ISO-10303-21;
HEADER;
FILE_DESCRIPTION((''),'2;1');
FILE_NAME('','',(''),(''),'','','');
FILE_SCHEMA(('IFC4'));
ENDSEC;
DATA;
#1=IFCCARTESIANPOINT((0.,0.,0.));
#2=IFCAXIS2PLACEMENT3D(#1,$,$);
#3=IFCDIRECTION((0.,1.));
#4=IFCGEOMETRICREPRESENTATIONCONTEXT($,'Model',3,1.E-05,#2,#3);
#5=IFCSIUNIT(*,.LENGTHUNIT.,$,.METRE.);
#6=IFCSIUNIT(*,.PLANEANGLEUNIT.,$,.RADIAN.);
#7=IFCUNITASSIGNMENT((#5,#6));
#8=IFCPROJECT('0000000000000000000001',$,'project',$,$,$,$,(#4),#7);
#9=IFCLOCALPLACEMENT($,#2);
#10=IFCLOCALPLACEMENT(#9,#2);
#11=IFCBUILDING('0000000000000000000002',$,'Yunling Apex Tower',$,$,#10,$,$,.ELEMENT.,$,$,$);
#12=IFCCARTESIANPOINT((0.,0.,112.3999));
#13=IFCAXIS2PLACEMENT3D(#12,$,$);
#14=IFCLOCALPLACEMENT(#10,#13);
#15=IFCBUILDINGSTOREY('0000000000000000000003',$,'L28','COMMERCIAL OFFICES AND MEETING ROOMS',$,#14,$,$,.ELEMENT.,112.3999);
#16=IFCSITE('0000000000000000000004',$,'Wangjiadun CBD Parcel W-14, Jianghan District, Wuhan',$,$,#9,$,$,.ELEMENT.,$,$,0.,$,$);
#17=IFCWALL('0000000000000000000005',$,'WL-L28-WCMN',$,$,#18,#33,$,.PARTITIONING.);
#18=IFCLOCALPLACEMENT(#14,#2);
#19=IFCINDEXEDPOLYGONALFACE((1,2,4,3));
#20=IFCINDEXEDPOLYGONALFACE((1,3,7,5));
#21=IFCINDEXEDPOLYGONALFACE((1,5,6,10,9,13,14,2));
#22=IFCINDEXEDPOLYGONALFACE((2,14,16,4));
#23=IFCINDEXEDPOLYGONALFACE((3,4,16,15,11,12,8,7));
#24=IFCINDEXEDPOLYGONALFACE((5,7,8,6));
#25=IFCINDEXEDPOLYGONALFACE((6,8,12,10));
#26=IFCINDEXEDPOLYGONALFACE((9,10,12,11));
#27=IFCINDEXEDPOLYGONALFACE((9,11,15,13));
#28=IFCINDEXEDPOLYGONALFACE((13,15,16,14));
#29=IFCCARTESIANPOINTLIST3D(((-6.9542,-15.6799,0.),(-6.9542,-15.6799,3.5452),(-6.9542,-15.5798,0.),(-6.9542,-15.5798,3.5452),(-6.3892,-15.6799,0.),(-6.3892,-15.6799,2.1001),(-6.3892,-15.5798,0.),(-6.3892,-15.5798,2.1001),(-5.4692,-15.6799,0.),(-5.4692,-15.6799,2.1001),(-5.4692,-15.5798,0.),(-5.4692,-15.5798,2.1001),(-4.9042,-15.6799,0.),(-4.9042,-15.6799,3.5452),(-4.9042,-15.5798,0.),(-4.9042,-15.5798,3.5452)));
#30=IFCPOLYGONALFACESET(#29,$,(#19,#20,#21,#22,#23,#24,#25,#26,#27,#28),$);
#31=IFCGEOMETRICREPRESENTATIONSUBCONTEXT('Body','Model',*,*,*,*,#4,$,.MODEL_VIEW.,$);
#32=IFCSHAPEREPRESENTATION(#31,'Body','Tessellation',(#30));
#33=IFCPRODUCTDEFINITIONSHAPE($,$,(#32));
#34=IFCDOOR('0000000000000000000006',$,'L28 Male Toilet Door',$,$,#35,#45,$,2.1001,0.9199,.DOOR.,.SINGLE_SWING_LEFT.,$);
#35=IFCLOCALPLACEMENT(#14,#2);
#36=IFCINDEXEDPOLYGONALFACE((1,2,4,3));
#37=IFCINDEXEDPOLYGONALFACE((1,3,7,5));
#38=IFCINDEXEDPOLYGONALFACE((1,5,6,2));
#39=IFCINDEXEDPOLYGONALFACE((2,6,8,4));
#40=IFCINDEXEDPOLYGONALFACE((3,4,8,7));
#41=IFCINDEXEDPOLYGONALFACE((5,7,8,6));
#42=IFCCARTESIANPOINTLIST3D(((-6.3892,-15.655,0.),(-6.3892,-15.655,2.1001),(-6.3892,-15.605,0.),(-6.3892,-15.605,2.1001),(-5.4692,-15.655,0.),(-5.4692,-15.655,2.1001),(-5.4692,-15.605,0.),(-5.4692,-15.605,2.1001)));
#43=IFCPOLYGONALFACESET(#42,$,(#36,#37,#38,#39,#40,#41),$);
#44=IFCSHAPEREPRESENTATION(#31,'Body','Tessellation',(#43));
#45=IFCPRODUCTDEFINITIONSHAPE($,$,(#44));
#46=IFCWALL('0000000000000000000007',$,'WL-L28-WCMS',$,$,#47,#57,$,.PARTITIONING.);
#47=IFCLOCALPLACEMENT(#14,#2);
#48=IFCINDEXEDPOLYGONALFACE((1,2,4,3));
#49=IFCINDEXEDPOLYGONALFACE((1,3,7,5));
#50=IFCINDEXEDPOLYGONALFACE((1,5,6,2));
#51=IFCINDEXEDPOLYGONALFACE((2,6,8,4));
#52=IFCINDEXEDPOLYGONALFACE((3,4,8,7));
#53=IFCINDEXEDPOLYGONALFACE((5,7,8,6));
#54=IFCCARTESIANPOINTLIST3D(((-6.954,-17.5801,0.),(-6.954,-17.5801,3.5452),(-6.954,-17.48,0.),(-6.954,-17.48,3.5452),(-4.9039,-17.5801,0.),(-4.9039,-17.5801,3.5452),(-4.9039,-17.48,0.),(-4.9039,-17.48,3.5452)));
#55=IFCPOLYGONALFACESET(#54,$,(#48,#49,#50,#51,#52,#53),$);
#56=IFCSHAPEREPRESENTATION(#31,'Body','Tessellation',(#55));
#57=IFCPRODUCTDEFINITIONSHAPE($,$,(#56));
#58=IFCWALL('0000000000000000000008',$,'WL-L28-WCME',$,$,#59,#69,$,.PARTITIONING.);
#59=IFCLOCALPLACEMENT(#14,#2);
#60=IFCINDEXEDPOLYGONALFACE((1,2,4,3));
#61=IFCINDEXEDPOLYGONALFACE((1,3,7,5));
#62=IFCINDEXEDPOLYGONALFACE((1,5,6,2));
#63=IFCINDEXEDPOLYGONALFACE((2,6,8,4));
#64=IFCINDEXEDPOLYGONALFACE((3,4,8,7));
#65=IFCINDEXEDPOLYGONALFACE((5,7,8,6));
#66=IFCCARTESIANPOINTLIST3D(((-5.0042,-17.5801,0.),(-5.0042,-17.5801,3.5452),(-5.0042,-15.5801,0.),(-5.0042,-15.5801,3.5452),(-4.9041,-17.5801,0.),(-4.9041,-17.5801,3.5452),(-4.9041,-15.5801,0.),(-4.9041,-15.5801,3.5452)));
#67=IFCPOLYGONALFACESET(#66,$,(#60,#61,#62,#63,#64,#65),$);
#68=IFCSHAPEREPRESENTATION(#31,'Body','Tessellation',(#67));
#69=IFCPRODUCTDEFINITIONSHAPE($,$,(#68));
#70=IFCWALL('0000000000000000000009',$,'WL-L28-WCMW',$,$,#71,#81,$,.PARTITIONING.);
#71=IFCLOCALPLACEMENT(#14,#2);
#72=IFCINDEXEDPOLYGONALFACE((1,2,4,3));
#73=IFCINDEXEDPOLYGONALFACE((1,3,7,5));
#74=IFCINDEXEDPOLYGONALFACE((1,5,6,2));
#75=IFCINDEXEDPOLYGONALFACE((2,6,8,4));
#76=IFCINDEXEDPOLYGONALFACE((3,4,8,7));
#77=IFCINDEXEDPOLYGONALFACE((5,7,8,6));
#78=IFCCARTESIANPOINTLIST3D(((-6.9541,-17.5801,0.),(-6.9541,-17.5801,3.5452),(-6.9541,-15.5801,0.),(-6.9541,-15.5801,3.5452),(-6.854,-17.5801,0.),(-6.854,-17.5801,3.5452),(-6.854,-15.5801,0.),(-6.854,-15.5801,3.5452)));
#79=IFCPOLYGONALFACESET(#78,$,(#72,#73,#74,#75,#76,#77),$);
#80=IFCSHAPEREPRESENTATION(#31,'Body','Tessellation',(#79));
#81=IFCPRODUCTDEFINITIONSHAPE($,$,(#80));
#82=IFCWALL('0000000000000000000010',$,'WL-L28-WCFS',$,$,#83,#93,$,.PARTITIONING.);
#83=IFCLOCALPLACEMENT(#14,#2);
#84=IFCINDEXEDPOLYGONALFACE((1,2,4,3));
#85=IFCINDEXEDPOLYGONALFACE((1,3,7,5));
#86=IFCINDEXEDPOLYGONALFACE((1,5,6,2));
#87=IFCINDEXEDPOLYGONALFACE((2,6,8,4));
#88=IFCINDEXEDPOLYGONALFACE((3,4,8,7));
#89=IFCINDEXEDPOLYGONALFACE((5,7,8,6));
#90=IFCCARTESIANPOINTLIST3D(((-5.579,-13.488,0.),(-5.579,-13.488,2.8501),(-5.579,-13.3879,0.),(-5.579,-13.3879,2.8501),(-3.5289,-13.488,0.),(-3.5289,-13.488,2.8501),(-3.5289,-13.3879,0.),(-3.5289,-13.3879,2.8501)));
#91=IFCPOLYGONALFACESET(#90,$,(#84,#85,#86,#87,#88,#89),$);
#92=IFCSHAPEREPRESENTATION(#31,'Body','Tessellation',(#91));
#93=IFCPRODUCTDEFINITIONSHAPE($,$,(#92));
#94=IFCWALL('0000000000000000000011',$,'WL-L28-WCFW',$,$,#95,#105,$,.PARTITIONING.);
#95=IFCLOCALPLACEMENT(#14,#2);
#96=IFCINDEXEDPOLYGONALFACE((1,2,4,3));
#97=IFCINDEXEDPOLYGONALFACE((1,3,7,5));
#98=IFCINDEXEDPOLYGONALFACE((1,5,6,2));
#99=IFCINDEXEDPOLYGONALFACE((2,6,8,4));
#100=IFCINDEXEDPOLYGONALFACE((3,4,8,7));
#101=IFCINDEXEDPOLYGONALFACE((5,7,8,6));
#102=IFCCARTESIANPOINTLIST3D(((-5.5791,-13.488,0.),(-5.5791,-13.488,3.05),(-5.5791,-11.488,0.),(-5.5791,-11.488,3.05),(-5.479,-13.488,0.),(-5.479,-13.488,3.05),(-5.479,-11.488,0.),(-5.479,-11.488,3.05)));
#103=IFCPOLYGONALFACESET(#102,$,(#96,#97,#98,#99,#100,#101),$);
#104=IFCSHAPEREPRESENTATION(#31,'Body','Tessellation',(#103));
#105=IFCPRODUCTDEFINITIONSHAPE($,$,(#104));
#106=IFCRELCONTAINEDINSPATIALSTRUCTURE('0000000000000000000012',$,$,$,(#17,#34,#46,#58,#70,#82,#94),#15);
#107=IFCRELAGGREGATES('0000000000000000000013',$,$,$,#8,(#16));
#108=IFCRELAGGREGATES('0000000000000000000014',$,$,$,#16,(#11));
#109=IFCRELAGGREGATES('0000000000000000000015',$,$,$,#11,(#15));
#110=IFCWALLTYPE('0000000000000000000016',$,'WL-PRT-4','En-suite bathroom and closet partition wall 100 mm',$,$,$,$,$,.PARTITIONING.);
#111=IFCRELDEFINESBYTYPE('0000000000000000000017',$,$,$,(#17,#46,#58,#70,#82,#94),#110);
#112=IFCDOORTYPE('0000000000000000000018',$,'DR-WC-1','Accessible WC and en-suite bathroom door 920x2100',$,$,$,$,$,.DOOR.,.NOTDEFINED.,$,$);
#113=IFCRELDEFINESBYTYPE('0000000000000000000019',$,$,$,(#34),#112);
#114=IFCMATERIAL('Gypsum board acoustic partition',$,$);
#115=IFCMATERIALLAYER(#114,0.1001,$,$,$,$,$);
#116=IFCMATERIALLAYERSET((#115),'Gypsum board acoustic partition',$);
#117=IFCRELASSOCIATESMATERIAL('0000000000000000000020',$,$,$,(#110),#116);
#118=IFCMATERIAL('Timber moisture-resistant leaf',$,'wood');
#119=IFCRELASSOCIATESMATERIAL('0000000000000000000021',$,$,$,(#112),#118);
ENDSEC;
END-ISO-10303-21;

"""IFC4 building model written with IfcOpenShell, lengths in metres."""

from ifc_helpers import new_model, si_unit, direction, frame, frame_2d, origin, place, context, subcontext, project, spatial, rectangle, extrude, material, layer, layer_set, type_object, element, fill, save


model = new_model("IFC4")

# Units and contexts
model_context = context("Model", 3, precision=1e-05, world=origin(), true_north=direction((0.0, 1.0)))
body_context = subcontext(model_context, "Body", "Model", "MODEL_VIEW")
ifc_project = project(units=[si_unit("LENGTHUNIT", "METRE"), si_unit("PLANEANGLEUNIT", "RADIAN")], contexts=[model_context])

# Site, building, storey
site_placement = place(None, origin())
site = spatial("IfcSite", under=ifc_project, at=site_placement, Name="Wangjiadun CBD Parcel W-14, Jianghan District, Wuhan", CompositionType="ELEMENT", RefElevation=0.0)
building_placement = place(site_placement, origin())
building = spatial("IfcBuilding", under=site, at=building_placement, Name="Yunling Apex Tower", CompositionType="ELEMENT")
storey_placement = place(building_placement, frame((0.0, 0.0, 112.3999)))
storey = spatial("IfcBuildingStorey", under=building, at=storey_placement, Name="L28", Description="COMMERCIAL OFFICES AND MEETING ROOMS", CompositionType="ELEMENT", Elevation=112.3999)

# Wall, opening, door
ifc_material_1 = material(Name="Gypsum board acoustic partition")
ifc_layer_1 = layer(ifc_material_1, 0.1001)
ifc_layer_set_1 = layer_set([ifc_layer_1], Name="Gypsum board acoustic partition")
wall_type = type_object("IfcWallType", Name="WL-PRT-4", Description="En-suite bathroom and closet partition wall 100 mm", PredefinedType="PARTITIONING", material=ifc_layer_set_1)
wall_1_placement = place(storey_placement, frame((-6.9541, -15.6299, 0.0), z_axis=(0.0, 0.0, 1.0), x_axis=(1.0, 0.0, 0.0)))
wall_1 = element("IfcWall", 1, at=wall_1_placement, inside=storey, type_object=wall_type, Name="WL-L28-WCMN", PredefinedType="PARTITIONING", context=body_context, shape_type="SweptSolid", body=[
    extrude(rectangle(XDim=2.05, YDim=0.1001, at=frame_2d((1.0249, 0.0))), origin(), (0.0, 0.0, 1.0), 3.5452),
])
opening_placement = place(wall_1_placement, frame((0.5649, 0.0, 0.0)))
opening = element("IfcOpeningElement", 2, at=opening_placement, cuts=wall_1, PredefinedType="OPENING", context=body_context, shape_type="SweptSolid", body=[
    extrude(rectangle(XDim=0.9199, YDim=2.1001, at=frame_2d((0.46, 1.05))), frame((0.0, 0.0601, 0.0), z_axis=(0.0, -1.0, 0.0), x_axis=(1.0, 0.0, 0.0)), (0.0, 0.0, 1.0), 0.1201),
])
ifc_material_2 = material(Name="Timber moisture-resistant leaf", Category="wood")
door_type = type_object("IfcDoorType", Name="DR-WC-1", Description="Accessible WC and en-suite bathroom door 920x2100", OperationType="NOTDEFINED", PredefinedType="DOOR", material=ifc_material_2)
door_placement = place(opening_placement, origin())
door = element("IfcDoor", 3, at=door_placement, inside=storey, type_object=door_type, Name="L28 Male Toilet Door", OperationType="SINGLE_SWING_LEFT", OverallHeight=2.1001, OverallWidth=0.9199, PredefinedType="DOOR", context=body_context, shape_type="SweptSolid", body=[
    extrude(rectangle(XDim=0.9199, YDim=2.1001, at=frame_2d((0.46, 1.05))), frame((0.0, 0.0249, 0.0), z_axis=(0.0, -1.0, 0.0), x_axis=(1.0, 0.0, 0.0)), (0.0, 0.0, 1.0), 0.05),
])
fill(opening, door)

# Walls
wall_2_placement = place(storey_placement, frame((-4.9041, -17.53, 0.0), z_axis=(0.0, 0.0, 1.0), x_axis=(-1.0, 0.0, 0.0)))
element("IfcWall", 4, at=wall_2_placement, inside=storey, type_object=wall_type, Name="WL-L28-WCMS", PredefinedType="PARTITIONING", context=body_context, shape_type="SweptSolid", body=[
    extrude(rectangle(XDim=2.05, YDim=0.1001, at=frame_2d((1.0249, 0.0))), origin(), (0.0, 0.0, 1.0), 3.5452),
])
for number, where, z_axis, x_axis, name in (
    (5, (-4.9541, -15.5801, 0.0), (0.0, 0.0, 1.0), (0.0, -1.0, 0.0), "WL-L28-WCME"),
    (6, (-6.9041, -17.5801, 0.0), (0.0, 0.0, 1.0), (0.0, 1.0, 0.0), "WL-L28-WCMW"),
):
    element("IfcWall", number, at=place(storey_placement, frame(where, z_axis=z_axis, x_axis=x_axis)), inside=storey, type_object=wall_type, Name=name, PredefinedType="PARTITIONING", context=body_context, shape_type="SweptSolid", body=[
        extrude(rectangle(XDim=2.0, YDim=0.1001, at=frame_2d((1.0, 0.0))), origin(), (0.0, 0.0, 1.0), 3.5452),
    ])
wall_3_placement = place(storey_placement, frame((-3.5291, -13.438, 0.0), z_axis=(0.0, 0.0, 1.0), x_axis=(-1.0, 0.0, 0.0)))
element("IfcWall", 7, at=wall_3_placement, inside=storey, type_object=wall_type, Name="WL-L28-WCFS", PredefinedType="PARTITIONING", context=body_context, shape_type="SweptSolid", body=[
    extrude(rectangle(XDim=2.05, YDim=0.1001, at=frame_2d((1.0249, 0.0))), origin(), (0.0, 0.0, 1.0), 2.8501),
])
wall_4_placement = place(storey_placement, frame((-5.5291, -13.488, 0.0), z_axis=(0.0, 0.0, 1.0), x_axis=(0.0, 1.0, 0.0)))
element("IfcWall", 8, at=wall_4_placement, inside=storey, type_object=wall_type, Name="WL-L28-WCFW", PredefinedType="PARTITIONING", context=body_context, shape_type="SweptSolid", body=[
    extrude(rectangle(XDim=2.0, YDim=0.1001, at=frame_2d((1.0, 0.0))), origin(), (0.0, 0.0, 1.0), 3.05),
])

save(model, "model.ifc")
